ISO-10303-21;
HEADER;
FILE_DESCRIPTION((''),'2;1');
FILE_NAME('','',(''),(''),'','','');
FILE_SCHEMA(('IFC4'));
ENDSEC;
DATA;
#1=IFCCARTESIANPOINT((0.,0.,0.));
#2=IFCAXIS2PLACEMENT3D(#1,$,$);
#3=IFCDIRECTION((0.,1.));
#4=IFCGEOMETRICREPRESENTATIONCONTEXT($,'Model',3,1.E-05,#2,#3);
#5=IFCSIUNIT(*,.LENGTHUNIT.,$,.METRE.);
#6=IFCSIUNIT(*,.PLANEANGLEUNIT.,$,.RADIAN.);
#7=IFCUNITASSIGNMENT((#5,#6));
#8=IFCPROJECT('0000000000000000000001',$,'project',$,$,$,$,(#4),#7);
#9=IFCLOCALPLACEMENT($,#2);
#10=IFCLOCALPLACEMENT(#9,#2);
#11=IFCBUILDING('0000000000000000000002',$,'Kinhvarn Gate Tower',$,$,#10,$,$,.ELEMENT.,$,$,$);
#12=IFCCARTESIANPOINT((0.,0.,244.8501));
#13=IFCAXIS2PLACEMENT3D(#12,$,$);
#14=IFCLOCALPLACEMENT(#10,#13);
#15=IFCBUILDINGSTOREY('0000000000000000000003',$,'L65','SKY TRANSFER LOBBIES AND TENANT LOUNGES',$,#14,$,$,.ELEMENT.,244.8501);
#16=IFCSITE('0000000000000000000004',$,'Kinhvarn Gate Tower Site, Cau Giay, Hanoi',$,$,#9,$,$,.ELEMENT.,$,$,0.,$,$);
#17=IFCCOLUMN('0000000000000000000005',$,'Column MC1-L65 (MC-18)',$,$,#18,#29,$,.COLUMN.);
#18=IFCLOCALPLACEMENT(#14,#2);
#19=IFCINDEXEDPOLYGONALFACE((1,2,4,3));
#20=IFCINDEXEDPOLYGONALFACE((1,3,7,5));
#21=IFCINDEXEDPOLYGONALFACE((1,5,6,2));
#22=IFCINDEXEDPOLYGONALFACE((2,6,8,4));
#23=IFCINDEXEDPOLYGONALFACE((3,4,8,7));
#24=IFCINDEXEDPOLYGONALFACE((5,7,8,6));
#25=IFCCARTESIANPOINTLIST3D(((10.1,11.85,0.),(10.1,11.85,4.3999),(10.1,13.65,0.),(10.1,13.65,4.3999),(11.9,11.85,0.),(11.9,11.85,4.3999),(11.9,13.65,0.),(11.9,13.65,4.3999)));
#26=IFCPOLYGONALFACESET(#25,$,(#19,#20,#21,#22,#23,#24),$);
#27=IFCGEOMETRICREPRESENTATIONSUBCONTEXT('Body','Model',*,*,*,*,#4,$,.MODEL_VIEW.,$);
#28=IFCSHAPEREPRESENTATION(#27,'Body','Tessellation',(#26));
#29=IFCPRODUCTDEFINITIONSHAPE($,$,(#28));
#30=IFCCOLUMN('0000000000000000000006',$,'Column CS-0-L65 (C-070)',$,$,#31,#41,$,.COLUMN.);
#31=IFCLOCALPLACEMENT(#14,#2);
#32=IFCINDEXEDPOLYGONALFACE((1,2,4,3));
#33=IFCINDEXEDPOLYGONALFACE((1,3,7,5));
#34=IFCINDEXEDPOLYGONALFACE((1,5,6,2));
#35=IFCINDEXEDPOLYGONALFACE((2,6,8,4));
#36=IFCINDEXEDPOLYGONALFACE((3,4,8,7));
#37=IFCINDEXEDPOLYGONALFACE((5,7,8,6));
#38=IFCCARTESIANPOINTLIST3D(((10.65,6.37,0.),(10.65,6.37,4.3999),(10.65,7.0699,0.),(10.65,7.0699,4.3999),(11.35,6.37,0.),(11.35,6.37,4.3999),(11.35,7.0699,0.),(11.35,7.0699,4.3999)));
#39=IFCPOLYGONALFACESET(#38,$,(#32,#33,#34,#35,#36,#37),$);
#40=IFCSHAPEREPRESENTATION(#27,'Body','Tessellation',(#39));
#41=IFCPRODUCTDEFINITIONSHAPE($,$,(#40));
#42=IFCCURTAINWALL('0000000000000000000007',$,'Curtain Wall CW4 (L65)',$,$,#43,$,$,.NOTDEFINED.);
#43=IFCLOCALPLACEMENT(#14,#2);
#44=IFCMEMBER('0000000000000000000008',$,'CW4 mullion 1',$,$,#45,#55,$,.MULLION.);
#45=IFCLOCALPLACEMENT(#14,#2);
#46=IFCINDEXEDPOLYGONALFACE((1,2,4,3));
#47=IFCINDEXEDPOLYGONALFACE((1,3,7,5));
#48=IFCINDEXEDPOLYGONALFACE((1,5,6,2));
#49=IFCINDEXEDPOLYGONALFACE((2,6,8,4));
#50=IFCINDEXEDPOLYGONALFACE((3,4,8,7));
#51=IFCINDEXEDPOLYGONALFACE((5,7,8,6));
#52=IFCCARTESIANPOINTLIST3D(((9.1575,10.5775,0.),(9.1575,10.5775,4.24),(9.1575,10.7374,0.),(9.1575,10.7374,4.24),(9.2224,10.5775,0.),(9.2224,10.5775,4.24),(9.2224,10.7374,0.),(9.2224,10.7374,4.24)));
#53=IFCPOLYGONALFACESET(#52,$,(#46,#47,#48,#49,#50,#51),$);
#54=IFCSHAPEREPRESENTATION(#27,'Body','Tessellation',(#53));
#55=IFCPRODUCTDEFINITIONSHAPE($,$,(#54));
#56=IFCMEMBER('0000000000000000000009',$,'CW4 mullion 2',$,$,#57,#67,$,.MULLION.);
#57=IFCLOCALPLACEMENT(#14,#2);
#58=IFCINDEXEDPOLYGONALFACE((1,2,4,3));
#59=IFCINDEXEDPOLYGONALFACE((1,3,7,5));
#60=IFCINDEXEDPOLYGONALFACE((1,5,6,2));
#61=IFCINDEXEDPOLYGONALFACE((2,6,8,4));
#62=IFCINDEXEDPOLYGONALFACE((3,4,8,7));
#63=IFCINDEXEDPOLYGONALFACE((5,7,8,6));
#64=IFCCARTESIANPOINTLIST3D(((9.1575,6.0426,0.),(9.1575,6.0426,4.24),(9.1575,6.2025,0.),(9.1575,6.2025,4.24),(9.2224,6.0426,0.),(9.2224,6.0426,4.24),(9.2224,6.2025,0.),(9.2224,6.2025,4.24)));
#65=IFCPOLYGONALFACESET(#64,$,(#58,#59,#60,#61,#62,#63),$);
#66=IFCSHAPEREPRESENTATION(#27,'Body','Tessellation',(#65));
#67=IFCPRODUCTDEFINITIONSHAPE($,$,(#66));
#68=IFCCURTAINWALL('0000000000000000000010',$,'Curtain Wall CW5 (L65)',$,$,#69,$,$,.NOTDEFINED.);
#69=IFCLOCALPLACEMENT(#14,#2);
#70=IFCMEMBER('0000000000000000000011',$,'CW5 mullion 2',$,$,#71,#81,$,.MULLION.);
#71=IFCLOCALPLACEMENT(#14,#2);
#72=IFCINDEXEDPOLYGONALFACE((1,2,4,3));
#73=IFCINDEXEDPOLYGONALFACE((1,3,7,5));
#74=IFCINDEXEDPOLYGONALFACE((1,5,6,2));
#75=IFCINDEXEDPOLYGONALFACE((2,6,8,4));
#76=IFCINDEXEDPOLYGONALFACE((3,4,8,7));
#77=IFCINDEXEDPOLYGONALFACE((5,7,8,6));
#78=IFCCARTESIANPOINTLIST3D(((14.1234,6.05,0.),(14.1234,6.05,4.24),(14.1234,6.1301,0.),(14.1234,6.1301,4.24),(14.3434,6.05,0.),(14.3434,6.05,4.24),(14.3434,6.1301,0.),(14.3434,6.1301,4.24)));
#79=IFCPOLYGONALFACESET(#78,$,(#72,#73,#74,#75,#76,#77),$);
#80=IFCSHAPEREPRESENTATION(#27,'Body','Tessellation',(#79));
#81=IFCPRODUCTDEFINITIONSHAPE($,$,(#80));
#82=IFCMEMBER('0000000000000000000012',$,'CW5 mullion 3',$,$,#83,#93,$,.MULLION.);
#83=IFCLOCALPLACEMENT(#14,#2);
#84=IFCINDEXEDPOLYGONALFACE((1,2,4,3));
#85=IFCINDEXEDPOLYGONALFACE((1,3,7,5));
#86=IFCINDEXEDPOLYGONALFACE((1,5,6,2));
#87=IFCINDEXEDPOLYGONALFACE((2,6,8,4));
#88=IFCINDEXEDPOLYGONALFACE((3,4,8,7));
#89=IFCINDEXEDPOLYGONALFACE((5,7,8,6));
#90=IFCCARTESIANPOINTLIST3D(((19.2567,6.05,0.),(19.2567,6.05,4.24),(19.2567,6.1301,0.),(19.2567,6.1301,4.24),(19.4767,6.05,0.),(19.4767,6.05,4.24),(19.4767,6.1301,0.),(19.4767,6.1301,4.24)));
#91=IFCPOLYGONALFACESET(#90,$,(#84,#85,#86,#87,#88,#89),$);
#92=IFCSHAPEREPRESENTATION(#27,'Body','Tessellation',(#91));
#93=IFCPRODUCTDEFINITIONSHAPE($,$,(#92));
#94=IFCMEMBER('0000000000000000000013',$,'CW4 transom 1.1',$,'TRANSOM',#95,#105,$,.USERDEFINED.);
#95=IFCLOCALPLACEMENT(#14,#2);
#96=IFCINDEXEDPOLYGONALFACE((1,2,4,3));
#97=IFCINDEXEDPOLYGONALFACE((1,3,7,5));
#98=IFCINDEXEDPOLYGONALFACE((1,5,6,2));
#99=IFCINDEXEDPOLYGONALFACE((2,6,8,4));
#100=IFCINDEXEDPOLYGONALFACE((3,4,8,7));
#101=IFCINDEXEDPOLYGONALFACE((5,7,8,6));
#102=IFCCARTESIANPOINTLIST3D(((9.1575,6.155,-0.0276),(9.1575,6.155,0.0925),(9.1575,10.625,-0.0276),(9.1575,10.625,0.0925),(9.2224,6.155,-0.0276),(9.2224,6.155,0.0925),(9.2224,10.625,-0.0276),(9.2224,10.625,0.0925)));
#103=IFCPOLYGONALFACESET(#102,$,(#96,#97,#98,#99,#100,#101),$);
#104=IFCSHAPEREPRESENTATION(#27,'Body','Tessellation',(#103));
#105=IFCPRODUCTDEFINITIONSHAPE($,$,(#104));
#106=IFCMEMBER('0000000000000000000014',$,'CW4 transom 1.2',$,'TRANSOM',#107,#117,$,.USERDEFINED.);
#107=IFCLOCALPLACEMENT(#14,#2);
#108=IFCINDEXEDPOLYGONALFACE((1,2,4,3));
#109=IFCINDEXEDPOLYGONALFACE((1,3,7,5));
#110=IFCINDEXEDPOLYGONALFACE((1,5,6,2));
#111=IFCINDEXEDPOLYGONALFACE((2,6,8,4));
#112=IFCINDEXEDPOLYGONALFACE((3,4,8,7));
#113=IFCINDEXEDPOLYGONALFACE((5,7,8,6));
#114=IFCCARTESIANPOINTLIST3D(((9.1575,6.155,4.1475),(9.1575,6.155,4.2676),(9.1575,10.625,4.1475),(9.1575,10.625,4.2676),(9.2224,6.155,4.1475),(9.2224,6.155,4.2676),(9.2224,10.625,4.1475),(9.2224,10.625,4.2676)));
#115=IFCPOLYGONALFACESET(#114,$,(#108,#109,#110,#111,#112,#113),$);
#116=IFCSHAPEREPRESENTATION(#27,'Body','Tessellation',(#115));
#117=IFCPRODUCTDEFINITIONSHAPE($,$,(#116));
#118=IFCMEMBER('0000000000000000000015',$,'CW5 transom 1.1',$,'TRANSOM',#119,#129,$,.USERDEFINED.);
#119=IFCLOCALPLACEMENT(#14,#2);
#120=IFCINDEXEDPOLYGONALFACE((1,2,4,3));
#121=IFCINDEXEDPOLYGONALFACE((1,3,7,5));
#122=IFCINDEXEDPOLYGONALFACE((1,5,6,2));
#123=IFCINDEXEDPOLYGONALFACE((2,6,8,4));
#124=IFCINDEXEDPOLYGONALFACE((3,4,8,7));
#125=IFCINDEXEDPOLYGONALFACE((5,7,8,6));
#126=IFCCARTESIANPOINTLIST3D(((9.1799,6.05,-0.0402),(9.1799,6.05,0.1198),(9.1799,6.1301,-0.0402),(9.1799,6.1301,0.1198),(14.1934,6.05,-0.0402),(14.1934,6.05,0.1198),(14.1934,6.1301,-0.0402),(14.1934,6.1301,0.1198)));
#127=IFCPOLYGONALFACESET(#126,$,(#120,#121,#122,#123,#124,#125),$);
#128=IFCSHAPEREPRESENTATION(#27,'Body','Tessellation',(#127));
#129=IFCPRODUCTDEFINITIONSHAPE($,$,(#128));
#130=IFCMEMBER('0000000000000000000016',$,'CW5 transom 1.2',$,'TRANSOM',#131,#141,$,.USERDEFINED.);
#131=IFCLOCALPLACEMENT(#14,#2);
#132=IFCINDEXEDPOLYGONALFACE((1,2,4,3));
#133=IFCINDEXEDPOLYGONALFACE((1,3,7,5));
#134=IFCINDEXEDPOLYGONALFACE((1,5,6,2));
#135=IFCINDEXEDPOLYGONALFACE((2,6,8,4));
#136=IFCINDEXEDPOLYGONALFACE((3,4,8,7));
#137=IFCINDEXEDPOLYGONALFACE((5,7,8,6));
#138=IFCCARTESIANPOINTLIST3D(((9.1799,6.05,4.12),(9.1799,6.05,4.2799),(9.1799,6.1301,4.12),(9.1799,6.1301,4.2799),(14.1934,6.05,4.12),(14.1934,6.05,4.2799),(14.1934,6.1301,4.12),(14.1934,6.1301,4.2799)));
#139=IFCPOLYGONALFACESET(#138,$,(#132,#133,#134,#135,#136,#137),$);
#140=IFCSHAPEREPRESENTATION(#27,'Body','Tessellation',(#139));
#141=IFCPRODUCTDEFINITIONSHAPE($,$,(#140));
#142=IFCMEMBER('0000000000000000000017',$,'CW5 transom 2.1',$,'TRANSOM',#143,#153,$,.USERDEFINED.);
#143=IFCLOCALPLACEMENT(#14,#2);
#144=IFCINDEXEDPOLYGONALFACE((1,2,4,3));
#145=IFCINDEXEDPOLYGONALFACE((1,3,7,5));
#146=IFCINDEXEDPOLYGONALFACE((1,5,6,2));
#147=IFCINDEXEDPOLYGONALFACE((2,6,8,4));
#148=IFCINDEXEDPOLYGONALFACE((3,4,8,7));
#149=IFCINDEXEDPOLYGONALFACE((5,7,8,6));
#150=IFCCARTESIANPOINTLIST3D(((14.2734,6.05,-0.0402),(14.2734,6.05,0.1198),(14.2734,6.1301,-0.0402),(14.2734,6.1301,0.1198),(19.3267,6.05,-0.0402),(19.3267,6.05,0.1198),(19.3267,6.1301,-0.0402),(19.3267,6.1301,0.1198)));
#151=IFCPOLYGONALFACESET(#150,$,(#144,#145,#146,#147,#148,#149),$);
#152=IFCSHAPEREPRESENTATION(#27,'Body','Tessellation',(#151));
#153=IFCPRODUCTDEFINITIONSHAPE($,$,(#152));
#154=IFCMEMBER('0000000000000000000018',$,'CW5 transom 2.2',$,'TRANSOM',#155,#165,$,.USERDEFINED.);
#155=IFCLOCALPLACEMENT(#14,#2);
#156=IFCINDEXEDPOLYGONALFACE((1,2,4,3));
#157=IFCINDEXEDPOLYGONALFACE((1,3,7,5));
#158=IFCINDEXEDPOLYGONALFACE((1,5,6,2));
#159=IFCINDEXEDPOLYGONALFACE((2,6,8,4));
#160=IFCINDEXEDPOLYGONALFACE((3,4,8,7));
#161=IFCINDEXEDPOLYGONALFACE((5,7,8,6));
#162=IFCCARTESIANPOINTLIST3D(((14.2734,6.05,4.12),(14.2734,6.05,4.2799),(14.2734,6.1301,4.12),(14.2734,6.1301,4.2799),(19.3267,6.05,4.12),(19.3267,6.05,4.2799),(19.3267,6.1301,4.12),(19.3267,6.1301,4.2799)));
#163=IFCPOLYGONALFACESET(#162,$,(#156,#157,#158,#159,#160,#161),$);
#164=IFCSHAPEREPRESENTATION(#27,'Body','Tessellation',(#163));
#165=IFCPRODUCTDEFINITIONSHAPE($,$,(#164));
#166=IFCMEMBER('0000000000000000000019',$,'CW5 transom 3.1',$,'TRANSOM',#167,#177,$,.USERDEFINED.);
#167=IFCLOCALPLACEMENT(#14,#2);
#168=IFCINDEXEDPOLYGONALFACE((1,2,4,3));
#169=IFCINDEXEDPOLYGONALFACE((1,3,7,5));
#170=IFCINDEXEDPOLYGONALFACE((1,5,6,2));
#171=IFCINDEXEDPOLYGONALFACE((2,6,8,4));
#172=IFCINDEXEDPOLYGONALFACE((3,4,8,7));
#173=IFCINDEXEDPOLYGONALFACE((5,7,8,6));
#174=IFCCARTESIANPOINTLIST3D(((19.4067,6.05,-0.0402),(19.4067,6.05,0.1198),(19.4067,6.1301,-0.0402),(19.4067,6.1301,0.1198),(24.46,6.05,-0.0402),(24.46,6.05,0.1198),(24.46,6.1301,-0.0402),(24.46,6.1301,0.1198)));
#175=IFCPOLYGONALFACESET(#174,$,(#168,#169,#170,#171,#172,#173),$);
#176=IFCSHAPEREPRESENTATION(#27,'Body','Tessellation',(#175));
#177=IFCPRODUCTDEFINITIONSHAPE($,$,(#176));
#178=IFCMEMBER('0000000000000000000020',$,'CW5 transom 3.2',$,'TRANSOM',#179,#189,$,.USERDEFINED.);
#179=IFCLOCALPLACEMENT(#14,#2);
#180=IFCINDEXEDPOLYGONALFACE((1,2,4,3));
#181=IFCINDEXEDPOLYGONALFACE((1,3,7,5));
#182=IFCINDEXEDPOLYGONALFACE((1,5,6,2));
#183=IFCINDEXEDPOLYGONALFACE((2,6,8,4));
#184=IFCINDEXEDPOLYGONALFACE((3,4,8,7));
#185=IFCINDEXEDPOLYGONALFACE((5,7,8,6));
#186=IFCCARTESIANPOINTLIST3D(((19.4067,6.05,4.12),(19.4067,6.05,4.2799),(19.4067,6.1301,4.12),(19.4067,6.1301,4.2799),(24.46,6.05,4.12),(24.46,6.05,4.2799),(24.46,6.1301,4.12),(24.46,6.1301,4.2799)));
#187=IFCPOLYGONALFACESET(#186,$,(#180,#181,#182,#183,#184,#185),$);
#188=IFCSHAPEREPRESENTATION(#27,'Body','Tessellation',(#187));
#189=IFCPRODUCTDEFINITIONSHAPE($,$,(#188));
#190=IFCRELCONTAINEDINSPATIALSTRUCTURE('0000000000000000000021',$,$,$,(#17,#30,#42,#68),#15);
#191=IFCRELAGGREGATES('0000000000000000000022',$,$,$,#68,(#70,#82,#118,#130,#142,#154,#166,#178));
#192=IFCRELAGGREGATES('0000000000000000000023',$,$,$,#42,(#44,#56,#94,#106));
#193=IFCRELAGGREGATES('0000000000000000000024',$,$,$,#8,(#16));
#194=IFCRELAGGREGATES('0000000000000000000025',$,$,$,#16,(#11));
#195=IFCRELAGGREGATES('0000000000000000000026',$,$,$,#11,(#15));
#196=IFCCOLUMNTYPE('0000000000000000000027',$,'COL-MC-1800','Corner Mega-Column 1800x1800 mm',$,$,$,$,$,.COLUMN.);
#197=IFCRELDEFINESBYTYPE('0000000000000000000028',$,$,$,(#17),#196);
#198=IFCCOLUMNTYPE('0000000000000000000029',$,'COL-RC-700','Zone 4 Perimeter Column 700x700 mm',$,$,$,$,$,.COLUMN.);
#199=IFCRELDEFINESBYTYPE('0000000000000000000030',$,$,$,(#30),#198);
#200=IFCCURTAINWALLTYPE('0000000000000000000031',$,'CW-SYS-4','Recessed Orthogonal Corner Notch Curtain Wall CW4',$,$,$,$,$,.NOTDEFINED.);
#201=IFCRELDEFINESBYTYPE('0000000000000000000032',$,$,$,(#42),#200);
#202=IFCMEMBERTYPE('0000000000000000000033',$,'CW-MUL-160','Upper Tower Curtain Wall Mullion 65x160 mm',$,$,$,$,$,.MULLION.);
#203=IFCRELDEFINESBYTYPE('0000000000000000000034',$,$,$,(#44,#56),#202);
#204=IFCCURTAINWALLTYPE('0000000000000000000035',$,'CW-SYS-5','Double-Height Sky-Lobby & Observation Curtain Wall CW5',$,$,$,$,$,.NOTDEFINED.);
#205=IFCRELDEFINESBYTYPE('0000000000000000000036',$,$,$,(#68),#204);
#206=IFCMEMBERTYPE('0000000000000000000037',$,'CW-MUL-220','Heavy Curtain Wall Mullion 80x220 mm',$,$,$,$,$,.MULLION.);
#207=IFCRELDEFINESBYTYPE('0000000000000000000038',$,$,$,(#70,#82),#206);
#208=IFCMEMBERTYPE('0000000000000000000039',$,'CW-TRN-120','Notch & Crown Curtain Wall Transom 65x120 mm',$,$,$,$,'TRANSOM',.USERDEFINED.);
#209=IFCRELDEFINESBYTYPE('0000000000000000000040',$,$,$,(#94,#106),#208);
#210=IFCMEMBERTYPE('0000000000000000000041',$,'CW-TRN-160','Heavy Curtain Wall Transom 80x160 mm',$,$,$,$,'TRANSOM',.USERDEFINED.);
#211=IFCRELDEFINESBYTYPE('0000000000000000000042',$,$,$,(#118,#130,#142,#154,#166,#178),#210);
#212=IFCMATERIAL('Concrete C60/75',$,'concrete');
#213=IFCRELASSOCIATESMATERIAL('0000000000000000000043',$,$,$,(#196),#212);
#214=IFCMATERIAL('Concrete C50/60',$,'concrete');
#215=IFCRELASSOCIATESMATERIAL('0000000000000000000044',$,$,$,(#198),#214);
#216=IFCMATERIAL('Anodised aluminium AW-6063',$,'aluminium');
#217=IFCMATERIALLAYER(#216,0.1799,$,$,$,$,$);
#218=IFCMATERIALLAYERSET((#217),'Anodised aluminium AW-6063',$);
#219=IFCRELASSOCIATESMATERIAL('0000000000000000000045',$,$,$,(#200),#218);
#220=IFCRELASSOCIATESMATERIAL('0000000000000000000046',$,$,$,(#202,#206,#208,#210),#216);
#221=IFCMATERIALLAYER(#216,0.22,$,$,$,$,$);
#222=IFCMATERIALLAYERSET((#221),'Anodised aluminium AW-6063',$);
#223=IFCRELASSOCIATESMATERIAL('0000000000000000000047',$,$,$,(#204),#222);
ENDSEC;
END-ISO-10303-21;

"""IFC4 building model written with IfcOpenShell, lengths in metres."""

from ifc_helpers import new_model, si_unit, direction, frame, origin, origin_2d, place, context, subcontext, project, spatial, rectangle, extrude, material, layer, layer_set, material_profile, profile_set, type_object, element, aggregate, save


model = new_model("IFC4")

# Units and contexts
model_context = context("Model", 3, precision=1e-05, world=origin(), true_north=direction((0.0, 1.0)))
body_context = subcontext(model_context, "Body", "Model", "MODEL_VIEW")
ifc_project = project(units=[si_unit("LENGTHUNIT", "METRE"), si_unit("PLANEANGLEUNIT", "RADIAN")], contexts=[model_context])

# Site, building, storey
site_placement = place(None, origin())
site = spatial("IfcSite", under=ifc_project, at=site_placement, Name="Kinhvarn Gate Tower Site, Cau Giay, Hanoi", CompositionType="ELEMENT", RefElevation=0.0)
building_placement = place(site_placement, origin())
building = spatial("IfcBuilding", under=site, at=building_placement, Name="Kinhvarn Gate Tower", CompositionType="ELEMENT")
storey_placement = place(building_placement, frame((0.0, 0.0, 244.8501)))
storey = spatial("IfcBuildingStorey", under=building, at=storey_placement, Name="L65", Description="SKY TRANSFER LOBBIES AND TENANT LOUNGES", CompositionType="ELEMENT", Elevation=244.8501)

# Columns
ifc_material_1 = material(Name="Concrete C60/75", Category="concrete")
ifc_material_profile_1 = material_profile(ifc_material_1, rectangle(XDim=1.8, YDim=1.8, at=origin_2d()), Name="RC 1800x1800")
ifc_profile_set_1 = profile_set([ifc_material_profile_1], Name="Concrete C60/75")
column_type_1 = type_object("IfcColumnType", Name="COL-MC-1800", Description="Corner Mega-Column 1800x1800 mm", PredefinedType="COLUMN", material=ifc_profile_set_1)
column_1_placement = place(storey_placement, frame((11.0, 12.75, 0.0), z_axis=(0.0, 0.0, 1.0), x_axis=(1.0, 0.0, 0.0)))
element("IfcColumn", 1, at=column_1_placement, inside=storey, type_object=column_type_1, Name="Column MC1-L65 (MC-18)", PredefinedType="COLUMN", context=body_context, shape_type="SweptSolid", body=[
    extrude(rectangle(XDim=1.8, YDim=1.8, at=origin_2d()), origin(), (0.0, 0.0, 1.0), 4.3999),
])
ifc_material_2 = material(Name="Concrete C50/60", Category="concrete")
ifc_material_profile_2 = material_profile(ifc_material_2, rectangle(XDim=0.7, YDim=0.7, at=origin_2d()), Name="RC 700x700")
ifc_profile_set_2 = profile_set([ifc_material_profile_2], Name="Concrete C50/60")
column_type_2 = type_object("IfcColumnType", Name="COL-RC-700", Description="Zone 4 Perimeter Column 700x700 mm", PredefinedType="COLUMN", material=ifc_profile_set_2)
column_2_placement = place(storey_placement, frame((11.0, 6.72, 0.0), z_axis=(0.0, 0.0, 1.0), x_axis=(1.0, 0.0, 0.0)))
element("IfcColumn", 2, at=column_2_placement, inside=storey, type_object=column_type_2, Name="Column CS-0-L65 (C-070)", PredefinedType="COLUMN", context=body_context, shape_type="SweptSolid", body=[
    extrude(rectangle(XDim=0.7, YDim=0.7, at=origin_2d()), origin(), (0.0, 0.0, 1.0), 4.3999),
])

# Curtain walls, members
ifc_material_3 = material(Name="Anodised aluminium AW-6063", Category="aluminium")
ifc_layer_1 = layer(ifc_material_3, 0.1799)
ifc_layer_set_1 = layer_set([ifc_layer_1], Name="Anodised aluminium AW-6063")
curtain_wall_type_1 = type_object("IfcCurtainWallType", Name="CW-SYS-4", Description="Recessed Orthogonal Corner Notch Curtain Wall CW4", PredefinedType="NOTDEFINED", material=ifc_layer_set_1)
curtain_wall_1_placement = place(storey_placement, origin())
curtain_wall_1 = element("IfcCurtainWall", 3, at=curtain_wall_1_placement, inside=storey, type_object=curtain_wall_type_1, Name="Curtain Wall CW4 (L65)", PredefinedType="NOTDEFINED")
ifc_material_profile_3 = material_profile(ifc_material_3, rectangle(XDim=0.0649, YDim=0.1599, at=origin_2d()), Name="ALU 65x160")
ifc_profile_set_3 = profile_set([ifc_material_profile_3], Name="Anodised aluminium AW-6063")
member_type_1 = type_object("IfcMemberType", Name="CW-MUL-160", Description="Upper Tower Curtain Wall Mullion 65x160 mm", PredefinedType="MULLION", material=ifc_profile_set_3)
member_1_placement = place(storey_placement, frame((9.1899, 10.6575, 0.0), z_axis=(0.0, 0.0, 1.0), x_axis=(1.0, 0.0, 0.0)))
member_1 = element("IfcMember", 4, at=member_1_placement, type_object=member_type_1, Name="CW4 mullion 1", PredefinedType="MULLION", context=body_context, shape_type="SweptSolid", body=[
    extrude(rectangle(XDim=0.0649, YDim=0.1599, at=origin_2d()), origin(), (0.0, 0.0, 1.0), 4.24),
])
member_2_placement = place(storey_placement, frame((9.1899, 6.1226, 0.0), z_axis=(0.0, 0.0, 1.0), x_axis=(1.0, 0.0, 0.0)))
member_2 = element("IfcMember", 5, at=member_2_placement, type_object=member_type_1, Name="CW4 mullion 2", PredefinedType="MULLION", context=body_context, shape_type="SweptSolid", body=[
    extrude(rectangle(XDim=0.0649, YDim=0.1599, at=origin_2d()), origin(), (0.0, 0.0, 1.0), 4.24),
])
ifc_layer_2 = layer(ifc_material_3, 0.22)
ifc_layer_set_2 = layer_set([ifc_layer_2], Name="Anodised aluminium AW-6063")
curtain_wall_type_2 = type_object("IfcCurtainWallType", Name="CW-SYS-5", Description="Double-Height Sky-Lobby & Observation Curtain Wall CW5", PredefinedType="NOTDEFINED", material=ifc_layer_set_2)
curtain_wall_2_placement = place(storey_placement, origin())
curtain_wall_2 = element("IfcCurtainWall", 6, at=curtain_wall_2_placement, inside=storey, type_object=curtain_wall_type_2, Name="Curtain Wall CW5 (L65)", PredefinedType="NOTDEFINED")
ifc_material_profile_4 = material_profile(ifc_material_3, rectangle(XDim=0.0801, YDim=0.22, at=origin_2d()), Name="ALU 80x220")
ifc_profile_set_4 = profile_set([ifc_material_profile_4], Name="Anodised aluminium AW-6063")
member_type_2 = type_object("IfcMemberType", Name="CW-MUL-220", Description="Heavy Curtain Wall Mullion 80x220 mm", PredefinedType="MULLION", material=ifc_profile_set_4)
member_3_placement = place(storey_placement, frame((14.2334, 6.0901, 0.0), z_axis=(0.0, 0.0, 1.0), x_axis=(0.0, 1.0, 0.0)))
member_3 = element("IfcMember", 7, at=member_3_placement, type_object=member_type_2, Name="CW5 mullion 2", PredefinedType="MULLION", context=body_context, shape_type="SweptSolid", body=[
    extrude(rectangle(XDim=0.0801, YDim=0.22, at=origin_2d()), origin(), (0.0, 0.0, 1.0), 4.24),
])
member_4_placement = place(storey_placement, frame((19.3667, 6.0901, 0.0), z_axis=(0.0, 0.0, 1.0), x_axis=(0.0, 1.0, 0.0)))
member_4 = element("IfcMember", 8, at=member_4_placement, type_object=member_type_2, Name="CW5 mullion 3", PredefinedType="MULLION", context=body_context, shape_type="SweptSolid", body=[
    extrude(rectangle(XDim=0.0801, YDim=0.22, at=origin_2d()), origin(), (0.0, 0.0, 1.0), 4.24),
])

# Members
ifc_material_profile_5 = material_profile(ifc_material_3, rectangle(XDim=0.0649, YDim=0.1201, at=origin_2d()), Name="ALU 65x120")
ifc_profile_set_5 = profile_set([ifc_material_profile_5], Name="Anodised aluminium AW-6063")
member_type_3 = type_object("IfcMemberType", Name="CW-TRN-120", Description="Notch & Crown Curtain Wall Transom 65x120 mm", ElementType="TRANSOM", PredefinedType="USERDEFINED", material=ifc_profile_set_5)
member_5_placement = place(storey_placement, frame((9.1899, 10.625, 0.0325), z_axis=(0.0, -1.0, 0.0), x_axis=(1.0, 0.0, 0.0)))
member_5 = element("IfcMember", 9, at=member_5_placement, type_object=member_type_3, Name="CW4 transom 1.1", ObjectType="TRANSOM", PredefinedType="USERDEFINED", context=body_context, shape_type="SweptSolid", body=[
    extrude(rectangle(XDim=0.0649, YDim=0.1201, at=origin_2d()), origin(), (0.0, 0.0, 1.0), 4.47),
])
member_6_placement = place(storey_placement, frame((9.1899, 10.625, 4.2075), z_axis=(0.0, -1.0, 0.0), x_axis=(1.0, 0.0, 0.0)))
member_6 = element("IfcMember", 10, at=member_6_placement, type_object=member_type_3, Name="CW4 transom 1.2", ObjectType="TRANSOM", PredefinedType="USERDEFINED", context=body_context, shape_type="SweptSolid", body=[
    extrude(rectangle(XDim=0.0649, YDim=0.1201, at=origin_2d()), origin(), (0.0, 0.0, 1.0), 4.47),
])
ifc_material_profile_6 = material_profile(ifc_material_3, rectangle(XDim=0.0801, YDim=0.1599, at=origin_2d()), Name="ALU 80x160")
ifc_profile_set_6 = profile_set([ifc_material_profile_6], Name="Anodised aluminium AW-6063")
member_type_4 = type_object("IfcMemberType", Name="CW-TRN-160", Description="Heavy Curtain Wall Transom 80x160 mm", ElementType="TRANSOM", PredefinedType="USERDEFINED", material=ifc_profile_set_6)
member_7_placement = place(storey_placement, frame((9.1799, 6.0901, 0.0398), z_axis=(1.0, 0.0, 0.0), x_axis=(0.0, 1.0, 0.0)))
member_7 = element("IfcMember", 11, at=member_7_placement, type_object=member_type_4, Name="CW5 transom 1.1", ObjectType="TRANSOM", PredefinedType="USERDEFINED", context=body_context, shape_type="SweptSolid", body=[
    extrude(rectangle(XDim=0.0801, YDim=0.1599, at=origin_2d()), origin(), (0.0, 0.0, 1.0), 5.0134),
])
member_8_placement = place(storey_placement, frame((9.1799, 6.0901, 4.2), z_axis=(1.0, 0.0, 0.0), x_axis=(0.0, 1.0, 0.0)))
member_8 = element("IfcMember", 12, at=member_8_placement, type_object=member_type_4, Name="CW5 transom 1.2", ObjectType="TRANSOM", PredefinedType="USERDEFINED", context=body_context, shape_type="SweptSolid", body=[
    extrude(rectangle(XDim=0.0801, YDim=0.1599, at=origin_2d()), origin(), (0.0, 0.0, 1.0), 5.0134),
])
member_9_placement = place(storey_placement, frame((14.2734, 6.0901, 0.0398), z_axis=(1.0, 0.0, 0.0), x_axis=(0.0, 1.0, 0.0)))
member_9 = element("IfcMember", 13, at=member_9_placement, type_object=member_type_4, Name="CW5 transom 2.1", ObjectType="TRANSOM", PredefinedType="USERDEFINED", context=body_context, shape_type="SweptSolid", body=[
    extrude(rectangle(XDim=0.0801, YDim=0.1599, at=origin_2d()), origin(), (0.0, 0.0, 1.0), 5.0532),
])
member_10_placement = place(storey_placement, frame((14.2734, 6.0901, 4.2), z_axis=(1.0, 0.0, 0.0), x_axis=(0.0, 1.0, 0.0)))
member_10 = element("IfcMember", 14, at=member_10_placement, type_object=member_type_4, Name="CW5 transom 2.2", ObjectType="TRANSOM", PredefinedType="USERDEFINED", context=body_context, shape_type="SweptSolid", body=[
    extrude(rectangle(XDim=0.0801, YDim=0.1599, at=origin_2d()), origin(), (0.0, 0.0, 1.0), 5.0532),
])
member_11_placement = place(storey_placement, frame((19.4067, 6.0901, 0.0398), z_axis=(1.0, 0.0, 0.0), x_axis=(0.0, 1.0, 0.0)))
member_11 = element("IfcMember", 15, at=member_11_placement, type_object=member_type_4, Name="CW5 transom 3.1", ObjectType="TRANSOM", PredefinedType="USERDEFINED", context=body_context, shape_type="SweptSolid", body=[
    extrude(rectangle(XDim=0.0801, YDim=0.1599, at=origin_2d()), origin(), (0.0, 0.0, 1.0), 5.0532),
])
member_12_placement = place(storey_placement, frame((19.4067, 6.0901, 4.2), z_axis=(1.0, 0.0, 0.0), x_axis=(0.0, 1.0, 0.0)))
member_12 = element("IfcMember", 16, at=member_12_placement, type_object=member_type_4, Name="CW5 transom 3.2", ObjectType="TRANSOM", PredefinedType="USERDEFINED", context=body_context, shape_type="SweptSolid", body=[
    extrude(rectangle(XDim=0.0801, YDim=0.1599, at=origin_2d()), origin(), (0.0, 0.0, 1.0), 5.0532),
])

aggregate(curtain_wall_2, [member_3, member_4, member_7, member_8, member_9, member_10, member_11, member_12])
aggregate(curtain_wall_1, [member_1, member_2, member_5, member_6])

save(model, "model.ifc")
